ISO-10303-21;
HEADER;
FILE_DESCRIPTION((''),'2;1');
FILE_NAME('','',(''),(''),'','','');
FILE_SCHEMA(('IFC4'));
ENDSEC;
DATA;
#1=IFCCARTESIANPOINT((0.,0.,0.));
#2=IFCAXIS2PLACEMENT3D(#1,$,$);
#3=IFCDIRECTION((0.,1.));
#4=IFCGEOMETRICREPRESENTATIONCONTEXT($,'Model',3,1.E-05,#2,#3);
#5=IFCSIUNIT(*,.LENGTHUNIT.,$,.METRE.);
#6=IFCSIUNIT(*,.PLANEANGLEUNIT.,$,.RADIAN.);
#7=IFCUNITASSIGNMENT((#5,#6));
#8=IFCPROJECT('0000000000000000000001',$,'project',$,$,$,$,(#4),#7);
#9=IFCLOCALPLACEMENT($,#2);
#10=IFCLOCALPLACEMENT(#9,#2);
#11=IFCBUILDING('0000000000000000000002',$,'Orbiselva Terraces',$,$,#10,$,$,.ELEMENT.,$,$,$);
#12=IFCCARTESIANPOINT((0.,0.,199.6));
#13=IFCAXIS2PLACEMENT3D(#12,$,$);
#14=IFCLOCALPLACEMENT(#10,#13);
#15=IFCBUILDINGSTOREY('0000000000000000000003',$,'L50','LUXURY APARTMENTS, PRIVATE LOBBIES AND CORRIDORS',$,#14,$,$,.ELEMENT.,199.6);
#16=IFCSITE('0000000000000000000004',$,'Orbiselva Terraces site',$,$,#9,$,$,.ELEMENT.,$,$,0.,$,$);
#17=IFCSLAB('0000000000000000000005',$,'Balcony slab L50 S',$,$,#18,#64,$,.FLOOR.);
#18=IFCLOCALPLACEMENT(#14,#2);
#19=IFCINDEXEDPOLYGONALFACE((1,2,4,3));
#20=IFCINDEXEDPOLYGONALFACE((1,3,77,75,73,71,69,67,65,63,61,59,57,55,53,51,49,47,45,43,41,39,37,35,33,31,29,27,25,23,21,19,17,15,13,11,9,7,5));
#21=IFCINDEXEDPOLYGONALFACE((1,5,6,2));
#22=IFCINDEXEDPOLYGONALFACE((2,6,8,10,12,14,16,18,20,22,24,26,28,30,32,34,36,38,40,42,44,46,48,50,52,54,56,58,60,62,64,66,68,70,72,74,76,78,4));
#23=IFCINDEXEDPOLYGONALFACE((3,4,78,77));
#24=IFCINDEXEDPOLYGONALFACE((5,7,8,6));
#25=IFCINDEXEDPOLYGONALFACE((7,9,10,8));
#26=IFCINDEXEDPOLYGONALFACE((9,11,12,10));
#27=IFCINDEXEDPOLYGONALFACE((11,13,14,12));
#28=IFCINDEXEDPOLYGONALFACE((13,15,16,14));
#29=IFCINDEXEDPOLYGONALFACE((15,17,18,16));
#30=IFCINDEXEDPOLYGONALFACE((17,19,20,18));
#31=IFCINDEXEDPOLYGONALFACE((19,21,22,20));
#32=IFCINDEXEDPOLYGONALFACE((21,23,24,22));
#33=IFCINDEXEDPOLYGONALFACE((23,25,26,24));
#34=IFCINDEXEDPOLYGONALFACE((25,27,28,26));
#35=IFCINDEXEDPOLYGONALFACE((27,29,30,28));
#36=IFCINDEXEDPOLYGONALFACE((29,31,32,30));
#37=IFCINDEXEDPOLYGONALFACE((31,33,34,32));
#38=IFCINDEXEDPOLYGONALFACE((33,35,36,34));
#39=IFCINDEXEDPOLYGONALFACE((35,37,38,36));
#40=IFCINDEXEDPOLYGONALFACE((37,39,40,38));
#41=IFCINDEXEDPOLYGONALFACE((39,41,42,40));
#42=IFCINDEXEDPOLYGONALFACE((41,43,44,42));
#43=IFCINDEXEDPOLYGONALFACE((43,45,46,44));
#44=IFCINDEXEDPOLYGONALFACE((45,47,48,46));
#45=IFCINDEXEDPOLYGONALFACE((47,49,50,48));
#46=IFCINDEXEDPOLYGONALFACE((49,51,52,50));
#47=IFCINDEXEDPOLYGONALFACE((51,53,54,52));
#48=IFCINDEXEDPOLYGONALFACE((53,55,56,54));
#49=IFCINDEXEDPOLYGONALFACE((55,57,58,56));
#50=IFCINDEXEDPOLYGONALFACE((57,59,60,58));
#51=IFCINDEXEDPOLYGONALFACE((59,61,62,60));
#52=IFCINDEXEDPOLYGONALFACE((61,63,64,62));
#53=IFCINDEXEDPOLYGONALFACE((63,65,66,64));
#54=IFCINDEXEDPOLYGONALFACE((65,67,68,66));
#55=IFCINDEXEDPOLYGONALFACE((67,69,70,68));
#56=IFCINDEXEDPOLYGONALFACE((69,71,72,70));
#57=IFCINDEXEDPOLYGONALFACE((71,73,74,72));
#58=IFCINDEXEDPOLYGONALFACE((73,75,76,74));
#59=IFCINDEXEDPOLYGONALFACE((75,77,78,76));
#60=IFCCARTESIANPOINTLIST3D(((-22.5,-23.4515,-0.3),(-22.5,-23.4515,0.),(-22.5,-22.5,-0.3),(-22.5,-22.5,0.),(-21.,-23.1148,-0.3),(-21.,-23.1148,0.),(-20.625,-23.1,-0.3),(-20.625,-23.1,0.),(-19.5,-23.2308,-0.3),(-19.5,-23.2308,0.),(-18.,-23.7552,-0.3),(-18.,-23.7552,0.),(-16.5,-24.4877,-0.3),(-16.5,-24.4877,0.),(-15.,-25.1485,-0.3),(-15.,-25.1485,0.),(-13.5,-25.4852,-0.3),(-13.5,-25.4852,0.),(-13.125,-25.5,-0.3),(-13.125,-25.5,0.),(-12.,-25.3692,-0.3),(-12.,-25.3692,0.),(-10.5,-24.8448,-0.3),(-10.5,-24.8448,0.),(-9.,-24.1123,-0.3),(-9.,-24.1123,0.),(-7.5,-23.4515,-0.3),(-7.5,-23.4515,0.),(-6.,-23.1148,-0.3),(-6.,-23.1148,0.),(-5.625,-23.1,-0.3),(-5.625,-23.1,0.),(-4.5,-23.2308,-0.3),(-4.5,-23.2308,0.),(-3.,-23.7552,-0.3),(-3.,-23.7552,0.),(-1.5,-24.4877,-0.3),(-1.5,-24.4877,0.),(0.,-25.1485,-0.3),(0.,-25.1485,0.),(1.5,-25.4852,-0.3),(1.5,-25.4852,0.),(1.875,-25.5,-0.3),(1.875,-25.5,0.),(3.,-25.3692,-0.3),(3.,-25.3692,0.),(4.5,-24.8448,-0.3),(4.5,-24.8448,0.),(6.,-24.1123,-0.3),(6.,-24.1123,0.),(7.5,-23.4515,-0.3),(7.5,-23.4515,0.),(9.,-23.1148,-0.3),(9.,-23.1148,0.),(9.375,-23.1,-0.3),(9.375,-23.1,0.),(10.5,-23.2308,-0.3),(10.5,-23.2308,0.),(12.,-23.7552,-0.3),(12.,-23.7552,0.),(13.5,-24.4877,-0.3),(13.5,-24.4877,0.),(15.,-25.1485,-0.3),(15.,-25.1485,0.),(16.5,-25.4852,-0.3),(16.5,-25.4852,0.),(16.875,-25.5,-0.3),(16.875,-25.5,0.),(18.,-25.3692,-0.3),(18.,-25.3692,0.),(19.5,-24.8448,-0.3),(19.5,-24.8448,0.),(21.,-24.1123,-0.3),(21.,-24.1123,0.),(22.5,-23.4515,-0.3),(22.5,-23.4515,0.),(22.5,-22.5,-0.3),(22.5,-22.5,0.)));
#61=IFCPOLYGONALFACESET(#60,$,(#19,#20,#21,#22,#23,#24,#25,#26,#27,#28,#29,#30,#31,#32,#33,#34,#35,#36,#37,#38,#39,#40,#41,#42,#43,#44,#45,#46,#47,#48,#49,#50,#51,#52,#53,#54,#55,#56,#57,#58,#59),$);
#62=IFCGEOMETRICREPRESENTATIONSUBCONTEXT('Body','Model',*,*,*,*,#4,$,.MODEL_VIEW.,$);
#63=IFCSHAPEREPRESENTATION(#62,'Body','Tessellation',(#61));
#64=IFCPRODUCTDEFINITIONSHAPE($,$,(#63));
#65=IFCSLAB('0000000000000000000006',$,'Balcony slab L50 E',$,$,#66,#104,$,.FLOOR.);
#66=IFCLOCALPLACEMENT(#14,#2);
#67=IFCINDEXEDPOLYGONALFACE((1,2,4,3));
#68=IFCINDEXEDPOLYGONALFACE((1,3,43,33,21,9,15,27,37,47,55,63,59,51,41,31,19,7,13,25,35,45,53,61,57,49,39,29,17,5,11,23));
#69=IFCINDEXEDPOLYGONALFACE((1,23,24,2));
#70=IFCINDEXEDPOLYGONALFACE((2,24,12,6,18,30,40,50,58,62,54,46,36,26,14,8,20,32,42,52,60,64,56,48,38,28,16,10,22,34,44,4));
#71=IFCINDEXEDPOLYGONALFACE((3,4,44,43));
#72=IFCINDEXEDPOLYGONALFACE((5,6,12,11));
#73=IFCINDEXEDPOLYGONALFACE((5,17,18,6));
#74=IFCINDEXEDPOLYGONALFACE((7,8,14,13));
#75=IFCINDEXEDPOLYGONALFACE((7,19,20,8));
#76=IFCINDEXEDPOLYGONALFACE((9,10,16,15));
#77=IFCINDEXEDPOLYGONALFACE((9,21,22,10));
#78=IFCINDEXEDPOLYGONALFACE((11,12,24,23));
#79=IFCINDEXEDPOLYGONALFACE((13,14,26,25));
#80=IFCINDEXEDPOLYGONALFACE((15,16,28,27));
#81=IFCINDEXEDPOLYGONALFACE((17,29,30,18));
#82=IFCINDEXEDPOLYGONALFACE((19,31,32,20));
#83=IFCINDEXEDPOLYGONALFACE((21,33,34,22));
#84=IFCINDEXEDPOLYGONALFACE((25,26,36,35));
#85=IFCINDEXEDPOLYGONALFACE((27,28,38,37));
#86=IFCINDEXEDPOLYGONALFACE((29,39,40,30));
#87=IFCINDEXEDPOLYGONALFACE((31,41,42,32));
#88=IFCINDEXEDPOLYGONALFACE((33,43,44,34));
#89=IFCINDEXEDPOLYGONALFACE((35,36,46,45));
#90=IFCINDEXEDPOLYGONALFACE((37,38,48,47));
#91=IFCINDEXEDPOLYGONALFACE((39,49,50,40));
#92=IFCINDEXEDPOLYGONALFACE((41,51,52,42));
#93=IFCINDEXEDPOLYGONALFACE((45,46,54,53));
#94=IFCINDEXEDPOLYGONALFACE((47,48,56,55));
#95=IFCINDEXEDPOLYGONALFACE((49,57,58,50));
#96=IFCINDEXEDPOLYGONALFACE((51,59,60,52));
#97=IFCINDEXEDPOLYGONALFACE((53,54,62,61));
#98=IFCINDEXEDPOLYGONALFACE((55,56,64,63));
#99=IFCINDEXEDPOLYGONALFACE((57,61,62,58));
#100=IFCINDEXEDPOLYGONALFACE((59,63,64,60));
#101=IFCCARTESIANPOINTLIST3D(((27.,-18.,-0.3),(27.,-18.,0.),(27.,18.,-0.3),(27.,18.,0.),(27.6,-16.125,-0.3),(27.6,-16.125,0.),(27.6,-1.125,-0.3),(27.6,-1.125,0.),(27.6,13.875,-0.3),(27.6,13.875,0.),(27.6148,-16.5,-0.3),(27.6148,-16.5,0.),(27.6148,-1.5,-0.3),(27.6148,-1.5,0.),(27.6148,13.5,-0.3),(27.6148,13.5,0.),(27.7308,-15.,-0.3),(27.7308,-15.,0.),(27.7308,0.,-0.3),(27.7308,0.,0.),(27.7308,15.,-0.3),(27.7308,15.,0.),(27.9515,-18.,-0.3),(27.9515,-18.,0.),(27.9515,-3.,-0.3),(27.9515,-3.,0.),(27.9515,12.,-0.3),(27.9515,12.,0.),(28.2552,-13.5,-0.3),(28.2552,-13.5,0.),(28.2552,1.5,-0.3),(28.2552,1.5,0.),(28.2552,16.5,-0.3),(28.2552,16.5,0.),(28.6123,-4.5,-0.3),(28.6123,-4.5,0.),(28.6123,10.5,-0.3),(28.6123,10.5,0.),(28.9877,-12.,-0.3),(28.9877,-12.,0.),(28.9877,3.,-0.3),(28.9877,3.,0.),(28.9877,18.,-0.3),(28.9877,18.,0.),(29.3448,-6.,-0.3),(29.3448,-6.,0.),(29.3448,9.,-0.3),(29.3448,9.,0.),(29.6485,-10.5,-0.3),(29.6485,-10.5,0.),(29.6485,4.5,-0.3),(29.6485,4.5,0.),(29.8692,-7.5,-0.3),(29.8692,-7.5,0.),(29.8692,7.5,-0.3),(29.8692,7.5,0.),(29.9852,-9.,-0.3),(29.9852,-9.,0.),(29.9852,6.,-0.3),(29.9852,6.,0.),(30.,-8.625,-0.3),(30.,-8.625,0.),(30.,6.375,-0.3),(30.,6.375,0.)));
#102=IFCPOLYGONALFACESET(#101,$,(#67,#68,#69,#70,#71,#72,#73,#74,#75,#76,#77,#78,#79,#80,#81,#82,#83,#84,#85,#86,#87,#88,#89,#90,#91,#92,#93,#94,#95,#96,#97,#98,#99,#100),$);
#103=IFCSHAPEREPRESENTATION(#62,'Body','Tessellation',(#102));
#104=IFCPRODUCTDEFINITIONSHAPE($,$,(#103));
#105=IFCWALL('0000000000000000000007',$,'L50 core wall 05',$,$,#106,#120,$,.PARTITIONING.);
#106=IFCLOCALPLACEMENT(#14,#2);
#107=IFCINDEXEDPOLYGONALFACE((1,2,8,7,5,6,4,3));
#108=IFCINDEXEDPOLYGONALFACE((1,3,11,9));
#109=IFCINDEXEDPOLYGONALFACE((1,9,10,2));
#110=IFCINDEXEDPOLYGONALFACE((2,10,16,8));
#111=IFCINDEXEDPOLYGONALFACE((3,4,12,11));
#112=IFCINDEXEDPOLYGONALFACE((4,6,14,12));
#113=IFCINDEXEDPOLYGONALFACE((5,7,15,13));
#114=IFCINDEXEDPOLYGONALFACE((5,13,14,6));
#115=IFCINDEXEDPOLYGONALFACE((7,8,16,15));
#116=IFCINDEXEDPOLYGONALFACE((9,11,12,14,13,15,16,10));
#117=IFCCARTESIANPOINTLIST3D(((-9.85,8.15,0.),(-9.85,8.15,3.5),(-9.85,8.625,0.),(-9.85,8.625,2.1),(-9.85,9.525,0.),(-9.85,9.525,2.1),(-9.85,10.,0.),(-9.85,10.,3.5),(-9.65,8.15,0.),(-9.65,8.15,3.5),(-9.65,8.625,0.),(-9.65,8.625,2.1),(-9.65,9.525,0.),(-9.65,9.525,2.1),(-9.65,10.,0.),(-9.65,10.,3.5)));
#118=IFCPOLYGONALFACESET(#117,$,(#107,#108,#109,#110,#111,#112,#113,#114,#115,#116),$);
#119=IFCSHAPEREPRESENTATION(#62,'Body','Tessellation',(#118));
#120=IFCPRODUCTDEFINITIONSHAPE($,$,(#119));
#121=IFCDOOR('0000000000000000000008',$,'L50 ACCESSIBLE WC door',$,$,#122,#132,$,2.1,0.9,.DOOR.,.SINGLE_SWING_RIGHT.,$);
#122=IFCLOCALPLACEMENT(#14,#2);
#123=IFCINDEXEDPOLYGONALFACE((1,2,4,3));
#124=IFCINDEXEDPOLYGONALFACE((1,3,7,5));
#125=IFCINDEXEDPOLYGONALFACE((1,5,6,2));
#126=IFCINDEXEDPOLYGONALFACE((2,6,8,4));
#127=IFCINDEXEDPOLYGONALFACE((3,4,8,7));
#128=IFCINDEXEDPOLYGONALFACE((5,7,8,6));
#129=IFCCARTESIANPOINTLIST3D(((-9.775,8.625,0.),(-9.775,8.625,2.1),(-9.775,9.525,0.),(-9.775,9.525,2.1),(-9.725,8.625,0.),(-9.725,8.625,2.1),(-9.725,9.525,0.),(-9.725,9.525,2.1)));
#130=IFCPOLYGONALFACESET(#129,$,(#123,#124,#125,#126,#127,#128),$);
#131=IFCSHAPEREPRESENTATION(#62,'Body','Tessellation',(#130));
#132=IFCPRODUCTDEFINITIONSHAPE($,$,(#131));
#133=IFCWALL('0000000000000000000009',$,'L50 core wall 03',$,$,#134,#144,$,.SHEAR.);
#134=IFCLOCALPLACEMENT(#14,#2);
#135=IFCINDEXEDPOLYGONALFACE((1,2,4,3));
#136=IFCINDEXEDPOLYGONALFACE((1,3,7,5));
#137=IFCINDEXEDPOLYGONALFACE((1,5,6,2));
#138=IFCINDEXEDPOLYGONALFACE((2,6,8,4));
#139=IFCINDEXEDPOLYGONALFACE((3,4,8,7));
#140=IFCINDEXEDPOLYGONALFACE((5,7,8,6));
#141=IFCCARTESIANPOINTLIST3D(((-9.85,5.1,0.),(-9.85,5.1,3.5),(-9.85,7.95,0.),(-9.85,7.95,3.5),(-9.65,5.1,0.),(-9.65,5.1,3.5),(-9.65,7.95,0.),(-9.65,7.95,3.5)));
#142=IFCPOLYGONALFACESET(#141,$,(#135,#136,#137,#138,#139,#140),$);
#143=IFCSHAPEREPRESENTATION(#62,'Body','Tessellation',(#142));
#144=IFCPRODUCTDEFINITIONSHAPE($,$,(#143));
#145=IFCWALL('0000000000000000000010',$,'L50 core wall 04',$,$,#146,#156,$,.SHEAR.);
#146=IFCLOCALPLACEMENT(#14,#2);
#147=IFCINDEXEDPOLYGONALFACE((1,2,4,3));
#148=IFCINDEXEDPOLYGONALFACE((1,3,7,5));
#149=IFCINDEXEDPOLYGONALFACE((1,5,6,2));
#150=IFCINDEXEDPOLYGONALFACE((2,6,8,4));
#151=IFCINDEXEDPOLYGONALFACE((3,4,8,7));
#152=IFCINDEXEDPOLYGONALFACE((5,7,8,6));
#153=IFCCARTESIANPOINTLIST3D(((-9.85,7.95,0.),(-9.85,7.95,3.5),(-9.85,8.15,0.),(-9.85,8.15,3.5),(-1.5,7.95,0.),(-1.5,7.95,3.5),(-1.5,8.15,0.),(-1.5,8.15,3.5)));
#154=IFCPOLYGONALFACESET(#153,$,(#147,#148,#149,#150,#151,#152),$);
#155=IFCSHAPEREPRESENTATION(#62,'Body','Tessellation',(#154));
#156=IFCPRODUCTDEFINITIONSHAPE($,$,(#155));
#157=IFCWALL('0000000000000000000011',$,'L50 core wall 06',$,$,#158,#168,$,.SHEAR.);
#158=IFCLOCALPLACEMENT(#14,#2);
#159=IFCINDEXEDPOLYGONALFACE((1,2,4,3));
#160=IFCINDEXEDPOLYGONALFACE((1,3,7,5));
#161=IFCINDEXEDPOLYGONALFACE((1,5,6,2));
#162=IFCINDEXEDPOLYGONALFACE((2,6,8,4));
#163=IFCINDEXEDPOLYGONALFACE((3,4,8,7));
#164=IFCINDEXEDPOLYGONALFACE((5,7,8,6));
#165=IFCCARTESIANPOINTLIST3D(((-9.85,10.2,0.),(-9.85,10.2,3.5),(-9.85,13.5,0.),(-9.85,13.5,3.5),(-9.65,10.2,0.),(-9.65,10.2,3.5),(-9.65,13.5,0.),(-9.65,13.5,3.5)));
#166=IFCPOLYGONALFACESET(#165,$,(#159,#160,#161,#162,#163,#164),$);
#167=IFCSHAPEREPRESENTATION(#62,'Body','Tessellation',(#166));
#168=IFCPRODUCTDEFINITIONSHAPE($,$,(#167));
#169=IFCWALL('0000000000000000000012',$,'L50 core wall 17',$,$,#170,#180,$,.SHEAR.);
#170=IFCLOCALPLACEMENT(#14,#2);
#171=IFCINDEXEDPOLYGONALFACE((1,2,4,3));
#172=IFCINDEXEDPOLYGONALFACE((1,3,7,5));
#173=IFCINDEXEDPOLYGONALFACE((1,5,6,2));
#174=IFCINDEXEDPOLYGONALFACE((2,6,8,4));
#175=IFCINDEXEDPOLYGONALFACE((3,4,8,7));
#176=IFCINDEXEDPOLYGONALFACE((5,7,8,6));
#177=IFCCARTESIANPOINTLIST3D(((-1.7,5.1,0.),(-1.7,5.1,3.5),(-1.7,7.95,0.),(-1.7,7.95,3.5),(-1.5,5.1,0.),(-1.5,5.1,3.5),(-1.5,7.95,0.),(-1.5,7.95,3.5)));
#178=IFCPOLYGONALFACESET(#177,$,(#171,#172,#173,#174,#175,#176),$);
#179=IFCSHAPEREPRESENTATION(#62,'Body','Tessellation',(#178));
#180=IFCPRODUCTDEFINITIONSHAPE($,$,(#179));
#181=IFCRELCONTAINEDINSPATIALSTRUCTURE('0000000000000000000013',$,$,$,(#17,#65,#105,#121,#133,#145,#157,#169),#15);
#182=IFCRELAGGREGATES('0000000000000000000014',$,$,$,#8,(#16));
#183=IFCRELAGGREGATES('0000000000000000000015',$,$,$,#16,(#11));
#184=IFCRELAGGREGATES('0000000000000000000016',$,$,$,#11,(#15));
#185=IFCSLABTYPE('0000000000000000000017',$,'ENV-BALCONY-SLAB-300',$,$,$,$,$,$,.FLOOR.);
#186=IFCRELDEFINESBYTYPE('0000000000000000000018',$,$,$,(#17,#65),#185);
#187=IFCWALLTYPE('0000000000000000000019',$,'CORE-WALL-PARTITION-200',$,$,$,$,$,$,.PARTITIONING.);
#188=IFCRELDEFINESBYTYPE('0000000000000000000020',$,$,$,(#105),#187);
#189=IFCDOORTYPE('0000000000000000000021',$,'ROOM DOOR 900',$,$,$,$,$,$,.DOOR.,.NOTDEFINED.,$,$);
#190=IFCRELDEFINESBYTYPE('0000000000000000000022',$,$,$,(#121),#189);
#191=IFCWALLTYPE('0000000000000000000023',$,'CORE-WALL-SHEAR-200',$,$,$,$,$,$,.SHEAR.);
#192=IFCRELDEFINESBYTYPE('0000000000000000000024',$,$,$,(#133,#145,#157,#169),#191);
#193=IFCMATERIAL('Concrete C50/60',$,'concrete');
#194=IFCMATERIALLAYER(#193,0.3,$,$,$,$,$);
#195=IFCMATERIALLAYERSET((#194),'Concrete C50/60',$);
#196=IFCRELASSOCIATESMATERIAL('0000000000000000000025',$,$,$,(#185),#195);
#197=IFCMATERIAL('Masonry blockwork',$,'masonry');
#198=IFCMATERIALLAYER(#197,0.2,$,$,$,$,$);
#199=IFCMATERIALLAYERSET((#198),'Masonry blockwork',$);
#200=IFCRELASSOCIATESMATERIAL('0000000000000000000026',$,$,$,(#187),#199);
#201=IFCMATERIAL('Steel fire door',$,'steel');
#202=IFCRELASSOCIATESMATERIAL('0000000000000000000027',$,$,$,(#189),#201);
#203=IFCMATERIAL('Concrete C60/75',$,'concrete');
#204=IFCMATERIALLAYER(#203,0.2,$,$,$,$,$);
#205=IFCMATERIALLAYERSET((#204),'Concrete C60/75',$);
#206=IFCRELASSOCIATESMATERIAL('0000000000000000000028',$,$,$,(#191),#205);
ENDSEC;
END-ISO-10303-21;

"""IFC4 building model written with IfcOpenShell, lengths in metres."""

from ifc_helpers import new_model, si_unit, direction, frame, frame_2d, origin, place, context, subcontext, project, spatial, polyline, rectangle, outline, extrude, material, layer, layer_set, type_object, element, fill, save


model = new_model("IFC4")

# Units and contexts
model_context = context("Model", 3, precision=1e-05, world=origin(), true_north=direction((0.0, 1.0)))
body_context = subcontext(model_context, "Body", "Model", "MODEL_VIEW")
ifc_project = project(units=[si_unit("LENGTHUNIT", "METRE"), si_unit("PLANEANGLEUNIT", "RADIAN")], contexts=[model_context])

# Site, building, storey
site_placement = place(None, origin())
site = spatial("IfcSite", under=ifc_project, at=site_placement, Name="Orbiselva Terraces site", CompositionType="ELEMENT", RefElevation=0.0)
building_placement = place(site_placement, origin())
building = spatial("IfcBuilding", under=site, at=building_placement, Name="Orbiselva Terraces", CompositionType="ELEMENT")
storey_placement = place(building_placement, frame((0.0, 0.0, 199.6)))
storey = spatial("IfcBuildingStorey", under=building, at=storey_placement, Name="L50", Description="LUXURY APARTMENTS, PRIVATE LOBBIES AND CORRIDORS", CompositionType="ELEMENT", Elevation=199.6)

# Slabs
ifc_material_1 = material(Name="Concrete C50/60", Category="concrete")
ifc_layer_1 = layer(ifc_material_1, 0.3)
ifc_layer_set_1 = layer_set([ifc_layer_1], Name="Concrete C50/60")
slab_type = type_object("IfcSlabType", Name="ENV-BALCONY-SLAB-300", PredefinedType="FLOOR", material=ifc_layer_set_1)
slab_1_placement = place(storey_placement, frame((0.0, 0.0, -0.3)))
element("IfcSlab", 1, at=slab_1_placement, inside=storey, type_object=slab_type, Name="Balcony slab L50 S", PredefinedType="FLOOR", context=body_context, shape_type="SweptSolid", body=[
    extrude(outline(polyline([(-22.5, -23.4515), (-21.0, -23.1148), (-20.625, -23.1), (-19.5, -23.2308), (-18.0, -23.7552), (-16.5, -24.4877), (-15.0, -25.1485), (-13.5, -25.4852), (-13.125, -25.5), (-12.0, -25.3692), (-10.5, -24.8448), (-9.0, -24.1123), (-7.5, -23.4515), (-6.0, -23.1148), (-5.625, -23.1), (-4.5, -23.2308), (-3.0, -23.7552), (-1.5, -24.4877), (0.0, -25.1485), (1.5, -25.4852), (1.875, -25.5), (3.0, -25.3692), (4.5, -24.8448), (6.0, -24.1123), (7.5, -23.4515), (9.0, -23.1148), (9.375, -23.1), (10.5, -23.2308), (12.0, -23.7552), (13.5, -24.4877), (15.0, -25.1485), (16.5, -25.4852), (16.875, -25.5), (18.0, -25.3692), (19.5, -24.8448), (21.0, -24.1123), (22.5, -23.4515), (22.5, -22.5), (-22.5, -22.5), (-22.5, -23.4515)])), origin(), (0.0, 0.0, 1.0), 0.3),
])
slab_2_placement = place(storey_placement, frame((0.0, 0.0, -0.3)))
element("IfcSlab", 2, at=slab_2_placement, inside=storey, type_object=slab_type, Name="Balcony slab L50 E", PredefinedType="FLOOR", context=body_context, shape_type="SweptSolid", body=[
    extrude(outline(polyline([(27.9515, -18.0), (27.6148, -16.5), (27.6, -16.125), (27.7308, -15.0), (28.2552, -13.5), (28.9877, -12.0), (29.6485, -10.5), (29.9852, -9.0), (30.0, -8.625), (29.8692, -7.5), (29.3448, -6.0), (28.6123, -4.5), (27.9515, -3.0), (27.6148, -1.5), (27.6, -1.125), (27.7308, 0.0), (28.2552, 1.5), (28.9877, 3.0), (29.6485, 4.5), (29.9852, 6.0), (30.0, 6.375), (29.8692, 7.5), (29.3448, 9.0), (28.6123, 10.5), (27.9515, 12.0), (27.6148, 13.5), (27.6, 13.875), (27.7308, 15.0), (28.2552, 16.5), (28.9877, 18.0), (27.0, 18.0), (27.0, -18.0), (27.9515, -18.0)])), origin(), (0.0, 0.0, 1.0), 0.3),
])

# Wall, opening, door
ifc_material_2 = material(Name="Masonry blockwork", Category="masonry")
ifc_layer_2 = layer(ifc_material_2, 0.2)
ifc_layer_set_2 = layer_set([ifc_layer_2], Name="Masonry blockwork")
wall_type_1 = type_object("IfcWallType", Name="CORE-WALL-PARTITION-200", PredefinedType="PARTITIONING", material=ifc_layer_set_2)
wall_1_placement = place(storey_placement, frame((-9.75, 8.15, 0.0), z_axis=(0.0, 0.0, 1.0), x_axis=(0.0, 1.0, 0.0)))
wall_1 = element("IfcWall", 3, at=wall_1_placement, inside=storey, type_object=wall_type_1, Name="L50 core wall 05", PredefinedType="PARTITIONING", context=body_context, shape_type="SweptSolid", body=[
    extrude(rectangle(XDim=1.85, YDim=0.2, at=frame_2d((0.925, 0.0))), origin(), (0.0, 0.0, 1.0), 3.5),
])
opening_1_placement = place(wall_1_placement, frame((0.475, 0.0, 0.0)))
opening_1 = element("IfcOpeningElement", 4, at=opening_1_placement, cuts=wall_1, PredefinedType="OPENING", context=body_context, shape_type="SweptSolid", body=[
    extrude(rectangle(XDim=0.9, YDim=2.1, at=frame_2d((0.45, 1.05))), frame((0.0, 0.11, 0.0), z_axis=(0.0, -1.0, 0.0), x_axis=(1.0, 0.0, 0.0)), (0.0, 0.0, 1.0), 0.22),
])
ifc_material_3 = material(Name="Steel fire door", Category="steel")
door_type = type_object("IfcDoorType", Name="ROOM DOOR 900", OperationType="NOTDEFINED", PredefinedType="DOOR", material=ifc_material_3)
door_1_placement = place(opening_1_placement, origin())
door_1 = element("IfcDoor", 5, at=door_1_placement, inside=storey, type_object=door_type, Name="L50 ACCESSIBLE WC door", OperationType="SINGLE_SWING_RIGHT", OverallHeight=2.1, OverallWidth=0.9, PredefinedType="DOOR", context=body_context, shape_type="SweptSolid", body=[
    extrude(rectangle(XDim=0.9, YDim=2.1, at=frame_2d((0.45, 1.05))), frame((0.0, 0.025, 0.0), z_axis=(0.0, -1.0, 0.0), x_axis=(1.0, 0.0, 0.0)), (0.0, 0.0, 1.0), 0.05),
])
fill(opening_1, door_1)

# Walls
ifc_material_4 = material(Name="Concrete C60/75", Category="concrete")
ifc_layer_3 = layer(ifc_material_4, 0.2)
ifc_layer_set_3 = layer_set([ifc_layer_3], Name="Concrete C60/75")
wall_type_2 = type_object("IfcWallType", Name="CORE-WALL-SHEAR-200", PredefinedType="SHEAR", material=ifc_layer_set_3)
wall_2_placement = place(storey_placement, frame((-9.75, 5.1, 0.0), z_axis=(0.0, 0.0, 1.0), x_axis=(0.0, 1.0, 0.0)))
element("IfcWall", 6, at=wall_2_placement, inside=storey, type_object=wall_type_2, Name="L50 core wall 03", PredefinedType="SHEAR", context=body_context, shape_type="SweptSolid", body=[
    extrude(rectangle(XDim=2.85, YDim=0.2, at=frame_2d((1.425, 0.0))), origin(), (0.0, 0.0, 1.0), 3.5),
])
wall_3_placement = place(storey_placement, frame((-9.85, 8.05, 0.0), z_axis=(0.0, 0.0, 1.0), x_axis=(1.0, 0.0, 0.0)))
element("IfcWall", 7, at=wall_3_placement, inside=storey, type_object=wall_type_2, Name="L50 core wall 04", PredefinedType="SHEAR", context=body_context, shape_type="SweptSolid", body=[
    extrude(rectangle(XDim=8.35, YDim=0.2, at=frame_2d((4.175, 0.0))), origin(), (0.0, 0.0, 1.0), 3.5),
])
wall_4_placement = place(storey_placement, frame((-9.75, 10.2, 0.0), z_axis=(0.0, 0.0, 1.0), x_axis=(0.0, 1.0, 0.0)))
element("IfcWall", 8, at=wall_4_placement, inside=storey, type_object=wall_type_2, Name="L50 core wall 06", PredefinedType="SHEAR", context=body_context, shape_type="SweptSolid", body=[
    extrude(rectangle(XDim=3.3, YDim=0.2, at=frame_2d((1.65, 0.0))), origin(), (0.0, 0.0, 1.0), 3.5),
])
wall_5_placement = place(storey_placement, frame((-1.6, 5.1, 0.0), z_axis=(0.0, 0.0, 1.0), x_axis=(0.0, 1.0, 0.0)))
element("IfcWall", 9, at=wall_5_placement, inside=storey, type_object=wall_type_2, Name="L50 core wall 17", PredefinedType="SHEAR", context=body_context, shape_type="SweptSolid", body=[
    extrude(rectangle(XDim=2.85, YDim=0.2, at=frame_2d((1.425, 0.0))), origin(), (0.0, 0.0, 1.0), 3.5),
])

save(model, "model.ifc")
